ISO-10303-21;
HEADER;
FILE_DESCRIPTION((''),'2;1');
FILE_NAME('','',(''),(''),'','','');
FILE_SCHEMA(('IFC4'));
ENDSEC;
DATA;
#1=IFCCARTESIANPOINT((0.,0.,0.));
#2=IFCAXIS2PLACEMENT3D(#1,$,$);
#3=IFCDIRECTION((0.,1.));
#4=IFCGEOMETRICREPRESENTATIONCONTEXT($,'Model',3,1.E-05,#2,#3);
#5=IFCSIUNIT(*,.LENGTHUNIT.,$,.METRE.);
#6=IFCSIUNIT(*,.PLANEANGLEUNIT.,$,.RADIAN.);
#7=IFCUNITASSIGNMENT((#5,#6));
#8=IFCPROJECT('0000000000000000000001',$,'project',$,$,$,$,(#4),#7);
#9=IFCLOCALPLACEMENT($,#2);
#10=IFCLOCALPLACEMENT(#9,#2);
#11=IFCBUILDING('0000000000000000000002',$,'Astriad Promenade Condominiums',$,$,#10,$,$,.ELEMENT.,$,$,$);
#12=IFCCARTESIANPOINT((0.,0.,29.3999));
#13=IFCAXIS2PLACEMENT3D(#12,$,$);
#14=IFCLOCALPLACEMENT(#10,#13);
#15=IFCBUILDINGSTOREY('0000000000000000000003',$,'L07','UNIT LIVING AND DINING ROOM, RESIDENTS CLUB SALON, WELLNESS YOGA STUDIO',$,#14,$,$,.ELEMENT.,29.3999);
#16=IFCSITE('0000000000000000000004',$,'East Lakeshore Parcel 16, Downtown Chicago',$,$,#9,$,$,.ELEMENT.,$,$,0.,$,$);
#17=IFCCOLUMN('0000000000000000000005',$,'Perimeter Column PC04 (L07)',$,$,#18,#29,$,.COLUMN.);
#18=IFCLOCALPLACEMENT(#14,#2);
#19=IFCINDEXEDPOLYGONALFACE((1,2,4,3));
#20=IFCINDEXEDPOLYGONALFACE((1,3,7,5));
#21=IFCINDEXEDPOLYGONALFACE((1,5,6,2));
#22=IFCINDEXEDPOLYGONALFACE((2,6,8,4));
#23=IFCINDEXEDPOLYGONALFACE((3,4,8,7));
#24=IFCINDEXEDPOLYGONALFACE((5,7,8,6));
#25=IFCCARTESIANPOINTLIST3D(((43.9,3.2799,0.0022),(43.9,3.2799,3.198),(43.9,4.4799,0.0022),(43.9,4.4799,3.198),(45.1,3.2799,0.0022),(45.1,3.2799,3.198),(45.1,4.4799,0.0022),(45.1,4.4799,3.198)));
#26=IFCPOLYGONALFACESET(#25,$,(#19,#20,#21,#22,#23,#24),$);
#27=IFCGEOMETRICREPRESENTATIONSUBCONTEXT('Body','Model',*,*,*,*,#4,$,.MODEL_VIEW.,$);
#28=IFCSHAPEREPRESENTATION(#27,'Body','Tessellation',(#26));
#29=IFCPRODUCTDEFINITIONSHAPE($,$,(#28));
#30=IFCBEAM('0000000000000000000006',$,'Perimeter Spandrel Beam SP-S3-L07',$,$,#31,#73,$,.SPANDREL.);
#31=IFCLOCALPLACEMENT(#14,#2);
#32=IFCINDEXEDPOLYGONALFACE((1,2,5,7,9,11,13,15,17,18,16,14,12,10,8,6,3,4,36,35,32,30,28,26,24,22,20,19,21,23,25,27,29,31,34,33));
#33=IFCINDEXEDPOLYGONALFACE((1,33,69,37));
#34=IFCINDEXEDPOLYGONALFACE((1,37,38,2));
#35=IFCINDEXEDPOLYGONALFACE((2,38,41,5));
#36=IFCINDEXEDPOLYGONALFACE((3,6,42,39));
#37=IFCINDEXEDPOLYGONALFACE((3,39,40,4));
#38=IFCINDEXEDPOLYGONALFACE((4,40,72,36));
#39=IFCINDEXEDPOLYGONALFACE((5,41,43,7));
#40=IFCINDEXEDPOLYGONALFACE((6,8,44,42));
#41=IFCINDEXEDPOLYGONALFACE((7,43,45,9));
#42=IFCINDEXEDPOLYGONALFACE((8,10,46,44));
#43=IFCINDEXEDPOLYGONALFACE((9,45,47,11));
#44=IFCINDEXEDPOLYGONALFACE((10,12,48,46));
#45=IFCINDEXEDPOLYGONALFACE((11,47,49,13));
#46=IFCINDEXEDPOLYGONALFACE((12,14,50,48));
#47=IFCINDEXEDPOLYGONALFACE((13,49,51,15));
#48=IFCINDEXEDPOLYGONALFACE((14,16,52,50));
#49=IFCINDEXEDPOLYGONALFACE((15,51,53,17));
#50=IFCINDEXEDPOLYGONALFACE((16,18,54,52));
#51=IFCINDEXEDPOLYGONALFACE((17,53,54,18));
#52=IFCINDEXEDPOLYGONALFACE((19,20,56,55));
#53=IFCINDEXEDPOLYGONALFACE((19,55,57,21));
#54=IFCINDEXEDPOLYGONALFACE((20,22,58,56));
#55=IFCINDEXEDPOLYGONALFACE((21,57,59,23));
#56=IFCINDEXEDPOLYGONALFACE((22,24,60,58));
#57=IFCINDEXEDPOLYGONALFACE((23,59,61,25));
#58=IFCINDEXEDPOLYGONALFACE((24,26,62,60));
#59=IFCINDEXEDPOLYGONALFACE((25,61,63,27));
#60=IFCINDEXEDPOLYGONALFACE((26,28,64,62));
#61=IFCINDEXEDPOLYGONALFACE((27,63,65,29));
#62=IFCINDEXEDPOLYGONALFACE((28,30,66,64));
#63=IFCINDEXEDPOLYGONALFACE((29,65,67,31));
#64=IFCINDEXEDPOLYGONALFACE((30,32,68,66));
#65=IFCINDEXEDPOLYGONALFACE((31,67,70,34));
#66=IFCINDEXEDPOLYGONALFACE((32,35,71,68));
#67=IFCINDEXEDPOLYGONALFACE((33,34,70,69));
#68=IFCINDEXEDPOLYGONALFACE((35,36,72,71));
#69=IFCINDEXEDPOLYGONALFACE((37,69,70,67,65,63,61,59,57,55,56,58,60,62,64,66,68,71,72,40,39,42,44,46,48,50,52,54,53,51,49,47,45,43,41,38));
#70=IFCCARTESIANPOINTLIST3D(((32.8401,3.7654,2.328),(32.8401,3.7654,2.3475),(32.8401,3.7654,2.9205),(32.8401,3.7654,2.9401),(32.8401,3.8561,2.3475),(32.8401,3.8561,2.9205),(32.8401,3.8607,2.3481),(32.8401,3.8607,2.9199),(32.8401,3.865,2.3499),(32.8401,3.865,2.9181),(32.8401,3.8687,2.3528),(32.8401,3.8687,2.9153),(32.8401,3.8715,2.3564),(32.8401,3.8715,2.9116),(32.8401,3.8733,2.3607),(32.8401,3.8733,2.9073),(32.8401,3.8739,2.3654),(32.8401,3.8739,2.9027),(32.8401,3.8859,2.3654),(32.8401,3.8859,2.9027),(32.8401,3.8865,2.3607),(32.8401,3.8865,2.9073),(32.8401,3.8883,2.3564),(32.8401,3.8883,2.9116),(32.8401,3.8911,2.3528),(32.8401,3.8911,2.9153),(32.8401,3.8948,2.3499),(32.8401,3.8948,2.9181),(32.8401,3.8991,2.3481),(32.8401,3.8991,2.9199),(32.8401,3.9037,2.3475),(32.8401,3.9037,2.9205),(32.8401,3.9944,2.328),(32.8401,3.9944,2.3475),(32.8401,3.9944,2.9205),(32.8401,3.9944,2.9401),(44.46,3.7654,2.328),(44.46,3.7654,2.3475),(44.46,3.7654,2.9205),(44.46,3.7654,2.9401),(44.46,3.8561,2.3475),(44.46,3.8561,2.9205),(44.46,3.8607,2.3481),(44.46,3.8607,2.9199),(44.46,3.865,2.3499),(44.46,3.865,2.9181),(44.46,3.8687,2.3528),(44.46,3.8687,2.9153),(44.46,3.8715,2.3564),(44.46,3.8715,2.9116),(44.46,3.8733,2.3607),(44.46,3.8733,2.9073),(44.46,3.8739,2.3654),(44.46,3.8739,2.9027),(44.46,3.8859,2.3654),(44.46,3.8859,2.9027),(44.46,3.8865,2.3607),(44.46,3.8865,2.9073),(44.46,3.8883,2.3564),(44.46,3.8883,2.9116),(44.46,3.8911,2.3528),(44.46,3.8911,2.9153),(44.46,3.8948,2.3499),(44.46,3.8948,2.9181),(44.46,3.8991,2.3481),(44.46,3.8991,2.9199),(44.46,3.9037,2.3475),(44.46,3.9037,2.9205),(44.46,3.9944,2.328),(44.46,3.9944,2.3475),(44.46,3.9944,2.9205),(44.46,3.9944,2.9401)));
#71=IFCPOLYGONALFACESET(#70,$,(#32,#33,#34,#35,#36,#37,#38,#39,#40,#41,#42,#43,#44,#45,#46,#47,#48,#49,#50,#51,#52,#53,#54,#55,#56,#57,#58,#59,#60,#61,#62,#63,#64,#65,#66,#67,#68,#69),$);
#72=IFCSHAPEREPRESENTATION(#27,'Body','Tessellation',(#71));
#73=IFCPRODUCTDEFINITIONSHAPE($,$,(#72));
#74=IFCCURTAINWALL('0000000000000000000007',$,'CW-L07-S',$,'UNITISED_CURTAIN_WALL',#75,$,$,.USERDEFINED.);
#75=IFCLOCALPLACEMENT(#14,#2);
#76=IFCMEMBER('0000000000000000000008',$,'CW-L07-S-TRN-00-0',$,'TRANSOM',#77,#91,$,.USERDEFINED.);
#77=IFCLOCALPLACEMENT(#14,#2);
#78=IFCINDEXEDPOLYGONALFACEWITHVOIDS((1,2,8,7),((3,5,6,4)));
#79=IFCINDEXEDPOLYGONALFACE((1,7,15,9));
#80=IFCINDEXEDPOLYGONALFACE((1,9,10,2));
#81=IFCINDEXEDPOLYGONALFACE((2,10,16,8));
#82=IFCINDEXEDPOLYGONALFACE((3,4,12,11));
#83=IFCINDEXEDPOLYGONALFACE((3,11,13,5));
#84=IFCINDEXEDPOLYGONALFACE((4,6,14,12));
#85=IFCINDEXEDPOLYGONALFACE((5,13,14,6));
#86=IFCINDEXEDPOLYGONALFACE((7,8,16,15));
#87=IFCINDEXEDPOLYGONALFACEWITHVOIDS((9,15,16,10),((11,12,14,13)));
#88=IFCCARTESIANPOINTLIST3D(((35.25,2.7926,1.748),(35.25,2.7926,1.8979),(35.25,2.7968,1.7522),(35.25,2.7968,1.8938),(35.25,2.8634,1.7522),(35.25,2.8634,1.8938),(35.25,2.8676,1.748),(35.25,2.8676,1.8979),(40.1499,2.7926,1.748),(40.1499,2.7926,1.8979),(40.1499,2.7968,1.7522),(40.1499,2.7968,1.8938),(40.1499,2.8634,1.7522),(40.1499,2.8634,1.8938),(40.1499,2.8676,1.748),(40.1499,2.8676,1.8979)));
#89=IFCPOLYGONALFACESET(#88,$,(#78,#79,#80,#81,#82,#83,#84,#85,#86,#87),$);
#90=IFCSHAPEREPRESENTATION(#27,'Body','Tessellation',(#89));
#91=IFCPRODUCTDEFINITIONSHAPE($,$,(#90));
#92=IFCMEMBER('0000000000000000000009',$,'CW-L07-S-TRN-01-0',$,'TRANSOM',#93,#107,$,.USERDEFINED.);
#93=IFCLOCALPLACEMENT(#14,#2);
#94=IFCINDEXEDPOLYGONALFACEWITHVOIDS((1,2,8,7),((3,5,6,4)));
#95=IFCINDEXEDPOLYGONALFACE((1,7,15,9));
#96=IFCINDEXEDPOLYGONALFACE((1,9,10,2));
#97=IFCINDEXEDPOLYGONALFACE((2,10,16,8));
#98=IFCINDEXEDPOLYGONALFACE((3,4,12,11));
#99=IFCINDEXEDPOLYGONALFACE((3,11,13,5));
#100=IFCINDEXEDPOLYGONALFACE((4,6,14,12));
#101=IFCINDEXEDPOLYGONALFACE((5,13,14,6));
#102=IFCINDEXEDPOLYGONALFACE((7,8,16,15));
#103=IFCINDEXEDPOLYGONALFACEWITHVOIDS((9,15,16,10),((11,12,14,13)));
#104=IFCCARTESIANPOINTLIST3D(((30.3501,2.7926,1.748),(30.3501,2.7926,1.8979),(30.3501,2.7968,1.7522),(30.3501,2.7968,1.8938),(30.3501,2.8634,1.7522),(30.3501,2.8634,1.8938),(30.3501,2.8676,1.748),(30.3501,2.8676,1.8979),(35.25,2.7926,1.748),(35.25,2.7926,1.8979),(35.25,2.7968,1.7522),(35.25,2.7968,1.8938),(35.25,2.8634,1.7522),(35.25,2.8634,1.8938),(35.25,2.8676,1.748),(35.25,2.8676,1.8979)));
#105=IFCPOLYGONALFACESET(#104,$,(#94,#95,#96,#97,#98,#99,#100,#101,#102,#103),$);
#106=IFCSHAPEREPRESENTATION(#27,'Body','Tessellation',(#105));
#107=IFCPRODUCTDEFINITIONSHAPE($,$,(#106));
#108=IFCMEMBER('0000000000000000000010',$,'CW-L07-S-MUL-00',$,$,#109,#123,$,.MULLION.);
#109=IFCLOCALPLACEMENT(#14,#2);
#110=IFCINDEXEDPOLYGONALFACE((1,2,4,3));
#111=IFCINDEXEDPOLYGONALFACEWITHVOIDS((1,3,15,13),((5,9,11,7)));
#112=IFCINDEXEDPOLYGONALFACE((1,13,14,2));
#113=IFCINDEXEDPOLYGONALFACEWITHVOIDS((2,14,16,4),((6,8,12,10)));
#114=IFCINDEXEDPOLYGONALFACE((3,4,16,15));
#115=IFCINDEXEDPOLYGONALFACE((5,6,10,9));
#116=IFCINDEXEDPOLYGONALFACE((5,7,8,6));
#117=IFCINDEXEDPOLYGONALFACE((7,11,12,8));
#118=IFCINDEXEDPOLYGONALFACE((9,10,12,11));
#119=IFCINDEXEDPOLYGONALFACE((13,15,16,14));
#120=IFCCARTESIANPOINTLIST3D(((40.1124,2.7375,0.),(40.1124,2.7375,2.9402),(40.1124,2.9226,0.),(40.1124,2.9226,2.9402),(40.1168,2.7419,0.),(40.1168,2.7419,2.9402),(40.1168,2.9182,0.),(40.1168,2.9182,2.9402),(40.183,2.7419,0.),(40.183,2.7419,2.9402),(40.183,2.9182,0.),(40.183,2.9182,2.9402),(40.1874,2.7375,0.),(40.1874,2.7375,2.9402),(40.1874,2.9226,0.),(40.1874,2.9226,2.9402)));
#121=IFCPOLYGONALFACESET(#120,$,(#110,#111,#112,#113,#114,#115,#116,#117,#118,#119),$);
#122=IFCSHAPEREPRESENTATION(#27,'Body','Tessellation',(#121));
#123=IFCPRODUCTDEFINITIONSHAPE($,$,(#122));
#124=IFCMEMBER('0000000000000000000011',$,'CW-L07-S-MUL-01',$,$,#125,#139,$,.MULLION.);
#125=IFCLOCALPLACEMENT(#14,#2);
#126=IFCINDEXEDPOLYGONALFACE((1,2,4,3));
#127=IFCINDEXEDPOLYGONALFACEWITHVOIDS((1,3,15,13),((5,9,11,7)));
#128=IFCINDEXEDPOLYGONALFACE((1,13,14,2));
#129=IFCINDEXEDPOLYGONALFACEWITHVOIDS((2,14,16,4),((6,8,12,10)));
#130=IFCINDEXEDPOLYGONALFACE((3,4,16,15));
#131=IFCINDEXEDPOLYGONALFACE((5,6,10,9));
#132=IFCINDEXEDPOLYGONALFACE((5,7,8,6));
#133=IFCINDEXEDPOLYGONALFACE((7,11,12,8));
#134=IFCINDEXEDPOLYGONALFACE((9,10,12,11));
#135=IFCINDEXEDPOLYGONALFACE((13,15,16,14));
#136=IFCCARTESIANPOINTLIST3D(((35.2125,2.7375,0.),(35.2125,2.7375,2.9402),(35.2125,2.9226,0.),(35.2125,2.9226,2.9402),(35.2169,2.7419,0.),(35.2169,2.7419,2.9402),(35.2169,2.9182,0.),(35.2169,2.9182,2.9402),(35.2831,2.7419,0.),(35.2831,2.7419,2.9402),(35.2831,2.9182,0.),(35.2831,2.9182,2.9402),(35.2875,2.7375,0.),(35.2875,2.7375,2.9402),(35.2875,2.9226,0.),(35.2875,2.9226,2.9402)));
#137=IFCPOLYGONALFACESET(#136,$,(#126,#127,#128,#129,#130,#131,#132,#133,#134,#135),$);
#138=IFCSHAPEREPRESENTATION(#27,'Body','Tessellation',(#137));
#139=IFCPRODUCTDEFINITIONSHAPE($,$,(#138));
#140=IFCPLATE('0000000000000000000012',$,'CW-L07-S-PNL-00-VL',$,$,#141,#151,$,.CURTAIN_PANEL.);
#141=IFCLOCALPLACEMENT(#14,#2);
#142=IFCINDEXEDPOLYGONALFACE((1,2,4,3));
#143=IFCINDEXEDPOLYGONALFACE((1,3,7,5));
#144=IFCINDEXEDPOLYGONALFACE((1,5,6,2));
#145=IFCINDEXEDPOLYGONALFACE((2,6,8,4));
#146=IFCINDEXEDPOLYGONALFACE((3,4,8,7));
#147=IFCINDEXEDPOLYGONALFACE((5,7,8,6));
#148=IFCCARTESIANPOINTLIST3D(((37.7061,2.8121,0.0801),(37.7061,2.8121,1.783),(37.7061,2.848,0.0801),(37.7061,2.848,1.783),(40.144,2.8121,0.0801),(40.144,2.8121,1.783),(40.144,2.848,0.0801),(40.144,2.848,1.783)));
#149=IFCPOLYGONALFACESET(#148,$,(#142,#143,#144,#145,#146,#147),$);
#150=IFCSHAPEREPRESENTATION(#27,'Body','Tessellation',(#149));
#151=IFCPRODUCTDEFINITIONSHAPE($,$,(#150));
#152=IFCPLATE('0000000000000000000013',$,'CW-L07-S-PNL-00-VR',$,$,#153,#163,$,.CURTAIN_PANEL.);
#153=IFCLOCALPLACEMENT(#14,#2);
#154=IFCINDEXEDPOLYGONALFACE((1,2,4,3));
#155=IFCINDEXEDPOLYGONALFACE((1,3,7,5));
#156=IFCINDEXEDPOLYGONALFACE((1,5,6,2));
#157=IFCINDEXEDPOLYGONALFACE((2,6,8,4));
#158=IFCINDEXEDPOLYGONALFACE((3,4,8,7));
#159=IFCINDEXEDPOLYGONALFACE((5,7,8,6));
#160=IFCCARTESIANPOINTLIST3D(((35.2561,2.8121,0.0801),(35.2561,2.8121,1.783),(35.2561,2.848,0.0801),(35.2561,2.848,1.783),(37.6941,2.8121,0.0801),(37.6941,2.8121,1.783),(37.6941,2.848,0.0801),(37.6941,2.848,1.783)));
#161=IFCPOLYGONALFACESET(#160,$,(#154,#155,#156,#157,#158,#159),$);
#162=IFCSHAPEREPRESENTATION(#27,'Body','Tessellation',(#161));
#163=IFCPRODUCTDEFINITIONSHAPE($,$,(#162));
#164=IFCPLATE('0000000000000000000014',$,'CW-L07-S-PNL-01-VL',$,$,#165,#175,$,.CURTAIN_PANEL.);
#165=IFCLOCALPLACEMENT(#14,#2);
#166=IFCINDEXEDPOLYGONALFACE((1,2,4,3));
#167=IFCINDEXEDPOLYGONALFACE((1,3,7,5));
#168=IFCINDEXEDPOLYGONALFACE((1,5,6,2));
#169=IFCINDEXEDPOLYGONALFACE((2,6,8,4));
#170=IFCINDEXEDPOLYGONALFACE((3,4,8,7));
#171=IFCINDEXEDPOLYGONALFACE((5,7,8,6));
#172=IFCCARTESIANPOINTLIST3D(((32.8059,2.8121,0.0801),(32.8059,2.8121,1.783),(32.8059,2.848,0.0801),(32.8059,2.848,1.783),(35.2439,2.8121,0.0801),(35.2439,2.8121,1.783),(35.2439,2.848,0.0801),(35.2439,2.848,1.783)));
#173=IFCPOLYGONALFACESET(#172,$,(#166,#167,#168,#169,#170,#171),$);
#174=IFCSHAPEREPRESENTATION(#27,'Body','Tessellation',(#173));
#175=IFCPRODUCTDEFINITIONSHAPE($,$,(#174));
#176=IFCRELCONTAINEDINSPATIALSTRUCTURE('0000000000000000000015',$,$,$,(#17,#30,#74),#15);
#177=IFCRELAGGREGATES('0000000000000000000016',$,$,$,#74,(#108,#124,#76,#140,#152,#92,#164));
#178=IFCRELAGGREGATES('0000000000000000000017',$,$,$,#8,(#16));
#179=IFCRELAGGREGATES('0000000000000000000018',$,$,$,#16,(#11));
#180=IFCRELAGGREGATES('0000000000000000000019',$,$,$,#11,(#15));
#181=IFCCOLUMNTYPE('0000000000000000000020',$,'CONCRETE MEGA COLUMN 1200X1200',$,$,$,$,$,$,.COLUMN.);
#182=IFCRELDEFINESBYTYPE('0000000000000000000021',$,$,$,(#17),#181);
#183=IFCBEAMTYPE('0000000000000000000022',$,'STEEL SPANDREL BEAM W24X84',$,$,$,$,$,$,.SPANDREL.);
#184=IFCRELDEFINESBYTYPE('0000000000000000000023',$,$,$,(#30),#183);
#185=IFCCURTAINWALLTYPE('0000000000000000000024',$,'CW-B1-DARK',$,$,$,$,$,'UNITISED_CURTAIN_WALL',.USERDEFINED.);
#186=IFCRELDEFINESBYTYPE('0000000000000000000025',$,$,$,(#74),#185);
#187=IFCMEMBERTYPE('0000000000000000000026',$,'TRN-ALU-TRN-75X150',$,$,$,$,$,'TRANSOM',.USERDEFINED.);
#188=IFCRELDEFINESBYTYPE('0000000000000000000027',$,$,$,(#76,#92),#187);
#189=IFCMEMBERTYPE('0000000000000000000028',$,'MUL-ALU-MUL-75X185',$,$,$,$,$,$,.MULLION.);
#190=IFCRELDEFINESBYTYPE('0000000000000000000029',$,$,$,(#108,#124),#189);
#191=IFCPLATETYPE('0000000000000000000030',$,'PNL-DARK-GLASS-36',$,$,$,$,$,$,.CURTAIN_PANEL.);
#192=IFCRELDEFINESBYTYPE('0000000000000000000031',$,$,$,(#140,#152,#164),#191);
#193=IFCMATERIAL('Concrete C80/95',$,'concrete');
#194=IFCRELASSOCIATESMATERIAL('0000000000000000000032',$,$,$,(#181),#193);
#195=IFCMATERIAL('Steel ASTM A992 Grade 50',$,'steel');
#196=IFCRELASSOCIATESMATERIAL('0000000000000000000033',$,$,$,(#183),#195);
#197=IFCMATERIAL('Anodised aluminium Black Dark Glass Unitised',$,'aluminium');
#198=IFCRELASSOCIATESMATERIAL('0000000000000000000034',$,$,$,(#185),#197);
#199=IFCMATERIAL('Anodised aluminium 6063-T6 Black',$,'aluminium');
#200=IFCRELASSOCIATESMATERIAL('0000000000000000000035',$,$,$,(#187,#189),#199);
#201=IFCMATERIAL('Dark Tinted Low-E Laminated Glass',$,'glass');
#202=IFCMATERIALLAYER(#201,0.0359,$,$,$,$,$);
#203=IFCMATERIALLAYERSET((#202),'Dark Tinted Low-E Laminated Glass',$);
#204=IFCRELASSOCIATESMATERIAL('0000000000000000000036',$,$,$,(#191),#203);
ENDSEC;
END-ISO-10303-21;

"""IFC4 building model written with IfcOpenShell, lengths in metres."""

from ifc_helpers import new_model, si_unit, direction, frame, origin, origin_2d, place, context, subcontext, project, spatial, rectangle, hollow_rectangle, i_section, extrude, source, transform, mapped, material, layer, layer_set, material_profile, profile_set, type_object, type_shapes, element, aggregate, save


model = new_model("IFC4")

# Units and contexts
model_context = context("Model", 3, precision=1e-05, world=origin(), true_north=direction((0.0, 1.0)))
body_context = subcontext(model_context, "Body", "Model", "MODEL_VIEW")
ifc_project = project(units=[si_unit("LENGTHUNIT", "METRE"), si_unit("PLANEANGLEUNIT", "RADIAN")], contexts=[model_context])

# Site, building, storey
site_placement = place(None, origin())
site = spatial("IfcSite", under=ifc_project, at=site_placement, Name="East Lakeshore Parcel 16, Downtown Chicago", CompositionType="ELEMENT", RefElevation=0.0)
building_placement = place(site_placement, origin())
building = spatial("IfcBuilding", under=site, at=building_placement, Name="Astriad Promenade Condominiums", CompositionType="ELEMENT")
storey_placement = place(building_placement, frame((0.0, 0.0, 29.3999)))
storey = spatial("IfcBuildingStorey", under=building, at=storey_placement, Name="L07", Description="UNIT LIVING AND DINING ROOM, RESIDENTS CLUB SALON, WELLNESS YOGA STUDIO", CompositionType="ELEMENT", Elevation=29.3999)

# Column
ifc_material_1 = material(Name="Concrete C80/95", Category="concrete")
ifc_material_profile_1 = material_profile(ifc_material_1, rectangle(XDim=1.2, YDim=1.2, at=origin_2d()), Name="RC-COL-1200X1200")
ifc_profile_set_1 = profile_set([ifc_material_profile_1], Name="Concrete C80/95")
column_type = type_object("IfcColumnType", Name="CONCRETE MEGA COLUMN 1200X1200", PredefinedType="COLUMN", material=ifc_profile_set_1)
shared_shape_1 = source(origin(), body_context, "Body", "SweptSolid", [
    extrude(rectangle(XDim=1.2, YDim=1.2, at=origin_2d()), origin(), (0.0, 0.0, 1.0), 3.1958),
])
type_shapes(column_type, [shared_shape_1])
column_placement = place(storey_placement, frame((44.5, 3.8799, 0.0022), z_axis=(0.0, 0.0, 1.0), x_axis=(1.0, 0.0, 0.0)))
element("IfcColumn", 1, at=column_placement, inside=storey, type_object=column_type, Name="Perimeter Column PC04 (L07)", PredefinedType="COLUMN", context=body_context, shape_type="MappedRepresentation", body=[
    mapped(shared_shape_1, transform((0.0, 0.0, 0.0), scale=1.0)),
])

# Beam
ifc_material_2 = material(Name="Steel ASTM A992 Grade 50", Category="steel")
ifc_material_profile_2 = material_profile(ifc_material_2, i_section(OverallWidth=0.229, OverallDepth=0.6121, WebThickness=0.012, FlangeThickness=0.0195, FilletRadius=0.0178, at=origin_2d()), Name="W24X84")
ifc_profile_set_2 = profile_set([ifc_material_profile_2], Name="Steel ASTM A992 Grade 50")
beam_type = type_object("IfcBeamType", Name="STEEL SPANDREL BEAM W24X84", PredefinedType="SPANDREL", material=ifc_profile_set_2)
shared_shape_2 = source(origin(), body_context, "Body", "SweptSolid", [
    extrude(i_section(OverallWidth=0.229, OverallDepth=0.6121, WebThickness=0.012, FlangeThickness=0.0195, FilletRadius=0.0178, at=origin_2d()), origin(), (0.0, 0.0, 1.0), 11.6199),
])
type_shapes(beam_type, [shared_shape_2])
beam_placement = place(storey_placement, frame((32.8401, 3.8799, 2.634), z_axis=(1.0, 0.0, 0.0), x_axis=(0.0, 1.0, 0.0)))
element("IfcBeam", 2, at=beam_placement, inside=storey, type_object=beam_type, Name="Perimeter Spandrel Beam SP-S3-L07", PredefinedType="SPANDREL", context=body_context, shape_type="MappedRepresentation", body=[
    mapped(shared_shape_2, transform((0.0, 0.0, 0.0), scale=1.0)),
])

# Curtain wall, members, plates
ifc_material_3 = material(Name="Anodised aluminium Black Dark Glass Unitised", Category="aluminium")
curtain_wall_type = type_object("IfcCurtainWallType", Name="CW-B1-DARK", ElementType="UNITISED_CURTAIN_WALL", PredefinedType="USERDEFINED", material=ifc_material_3)
curtain_wall_placement = place(storey_placement, origin())
curtain_wall = element("IfcCurtainWall", 3, at=curtain_wall_placement, inside=storey, type_object=curtain_wall_type, Name="CW-L07-S", ObjectType="UNITISED_CURTAIN_WALL", PredefinedType="USERDEFINED")
ifc_material_4 = material(Name="Anodised aluminium 6063-T6 Black", Category="aluminium")
ifc_material_profile_3 = material_profile(ifc_material_4, hollow_rectangle(XDim=0.075, YDim=0.1499, WallThickness=0.0042, at=origin_2d()), Name="ALU-TRN-75X150")
ifc_profile_set_3 = profile_set([ifc_material_profile_3], Name="Anodised aluminium 6063-T6 Black")
member_type_1 = type_object("IfcMemberType", Name="TRN-ALU-TRN-75X150", ElementType="TRANSOM", PredefinedType="USERDEFINED", material=ifc_profile_set_3)
shared_shape_3 = source(origin(), body_context, "Body", "SweptSolid", [
    extrude(hollow_rectangle(XDim=0.075, YDim=0.1499, WallThickness=0.0042, at=origin_2d()), origin(), (0.0, 0.0, 1.0), 4.8999),
])
type_shapes(member_type_1, [shared_shape_3])
member_1_placement = place(storey_placement, frame((40.1499, 2.8301, 1.823), z_axis=(-1.0, 0.0, 0.0), x_axis=(0.0, -1.0, 0.0)))
member_1 = element("IfcMember", 4, at=member_1_placement, type_object=member_type_1, Name="CW-L07-S-TRN-00-0", ObjectType="TRANSOM", PredefinedType="USERDEFINED", context=body_context, shape_type="MappedRepresentation", body=[
    mapped(shared_shape_3, transform((0.0, 0.0, 0.0), scale=1.0)),
])
member_2_placement = place(storey_placement, frame((35.25, 2.8301, 1.823), z_axis=(-1.0, 0.0, 0.0), x_axis=(0.0, -1.0, 0.0)))
member_2 = element("IfcMember", 5, at=member_2_placement, type_object=member_type_1, Name="CW-L07-S-TRN-01-0", ObjectType="TRANSOM", PredefinedType="USERDEFINED", context=body_context, shape_type="MappedRepresentation", body=[
    mapped(shared_shape_3, transform((0.0, 0.0, 0.0), scale=1.0)),
])
ifc_material_profile_4 = material_profile(ifc_material_4, hollow_rectangle(XDim=0.075, YDim=0.1851, WallThickness=0.0044, at=origin_2d()), Name="ALU-MUL-75X185")
ifc_profile_set_4 = profile_set([ifc_material_profile_4], Name="Anodised aluminium 6063-T6 Black")
member_type_2 = type_object("IfcMemberType", Name="MUL-ALU-MUL-75X185", PredefinedType="MULLION", material=ifc_profile_set_4)
shared_shape_4 = source(origin(), body_context, "Body", "SweptSolid", [
    extrude(hollow_rectangle(XDim=0.075, YDim=0.1851, WallThickness=0.0044, at=origin_2d()), origin(), (0.0, 0.0, 1.0), 2.9402),
])
type_shapes(member_type_2, [shared_shape_4])
member_3_placement = place(storey_placement, frame((40.1499, 2.8301, 0.0), z_axis=(0.0, 0.0, 1.0), x_axis=(1.0, 0.0, 0.0)))
member_3 = element("IfcMember", 6, at=member_3_placement, type_object=member_type_2, Name="CW-L07-S-MUL-00", PredefinedType="MULLION", context=body_context, shape_type="MappedRepresentation", body=[
    mapped(shared_shape_4, transform((0.0, 0.0, 0.0), scale=1.0)),
])
member_4_placement = place(storey_placement, frame((35.25, 2.8301, 0.0), z_axis=(0.0, 0.0, 1.0), x_axis=(1.0, 0.0, 0.0)))
member_4 = element("IfcMember", 7, at=member_4_placement, type_object=member_type_2, Name="CW-L07-S-MUL-01", PredefinedType="MULLION", context=body_context, shape_type="MappedRepresentation", body=[
    mapped(shared_shape_4, transform((0.0, 0.0, 0.0), scale=1.0)),
])
ifc_material_5 = material(Name="Dark Tinted Low-E Laminated Glass", Category="glass")
ifc_layer_1 = layer(ifc_material_5, 0.0359)
ifc_layer_set_1 = layer_set([ifc_layer_1], Name="Dark Tinted Low-E Laminated Glass")
plate_type = type_object("IfcPlateType", Name="PNL-DARK-GLASS-36", PredefinedType="CURTAIN_PANEL", material=ifc_layer_set_1)
shared_shape_5 = source(origin(), body_context, "Body", "SweptSolid", [
    extrude(rectangle(XDim=2.438, YDim=0.0359, at=origin_2d()), origin(), (0.0, 0.0, 1.0), 1.7029),
])
plate_1_placement = place(storey_placement, frame((38.925, 2.8301, 0.0801), z_axis=(0.0, 0.0, 1.0), x_axis=(-1.0, 0.0, 0.0)))
plate_1 = element("IfcPlate", 8, at=plate_1_placement, type_object=plate_type, Name="CW-L07-S-PNL-00-VL", PredefinedType="CURTAIN_PANEL", context=body_context, shape_type="MappedRepresentation", body=[
    mapped(shared_shape_5, transform((0.0, 0.0, 0.0), scale=1.0)),
])
plate_2_placement = place(storey_placement, frame((36.4751, 2.8301, 0.0801), z_axis=(0.0, 0.0, 1.0), x_axis=(-1.0, 0.0, 0.0)))
plate_2 = element("IfcPlate", 9, at=plate_2_placement, type_object=plate_type, Name="CW-L07-S-PNL-00-VR", PredefinedType="CURTAIN_PANEL", context=body_context, shape_type="MappedRepresentation", body=[
    mapped(shared_shape_5, transform((0.0, 0.0, 0.0), scale=1.0)),
])
plate_3_placement = place(storey_placement, frame((34.0249, 2.8301, 0.0801), z_axis=(0.0, 0.0, 1.0), x_axis=(-1.0, 0.0, 0.0)))
plate_3 = element("IfcPlate", 10, at=plate_3_placement, type_object=plate_type, Name="CW-L07-S-PNL-01-VL", PredefinedType="CURTAIN_PANEL", context=body_context, shape_type="MappedRepresentation", body=[
    mapped(shared_shape_5, transform((0.0, 0.0, 0.0), scale=1.0)),
])
aggregate(curtain_wall, [member_3, member_4, member_1, plate_1, plate_2, member_2, plate_3])

save(model, "model.ifc")
